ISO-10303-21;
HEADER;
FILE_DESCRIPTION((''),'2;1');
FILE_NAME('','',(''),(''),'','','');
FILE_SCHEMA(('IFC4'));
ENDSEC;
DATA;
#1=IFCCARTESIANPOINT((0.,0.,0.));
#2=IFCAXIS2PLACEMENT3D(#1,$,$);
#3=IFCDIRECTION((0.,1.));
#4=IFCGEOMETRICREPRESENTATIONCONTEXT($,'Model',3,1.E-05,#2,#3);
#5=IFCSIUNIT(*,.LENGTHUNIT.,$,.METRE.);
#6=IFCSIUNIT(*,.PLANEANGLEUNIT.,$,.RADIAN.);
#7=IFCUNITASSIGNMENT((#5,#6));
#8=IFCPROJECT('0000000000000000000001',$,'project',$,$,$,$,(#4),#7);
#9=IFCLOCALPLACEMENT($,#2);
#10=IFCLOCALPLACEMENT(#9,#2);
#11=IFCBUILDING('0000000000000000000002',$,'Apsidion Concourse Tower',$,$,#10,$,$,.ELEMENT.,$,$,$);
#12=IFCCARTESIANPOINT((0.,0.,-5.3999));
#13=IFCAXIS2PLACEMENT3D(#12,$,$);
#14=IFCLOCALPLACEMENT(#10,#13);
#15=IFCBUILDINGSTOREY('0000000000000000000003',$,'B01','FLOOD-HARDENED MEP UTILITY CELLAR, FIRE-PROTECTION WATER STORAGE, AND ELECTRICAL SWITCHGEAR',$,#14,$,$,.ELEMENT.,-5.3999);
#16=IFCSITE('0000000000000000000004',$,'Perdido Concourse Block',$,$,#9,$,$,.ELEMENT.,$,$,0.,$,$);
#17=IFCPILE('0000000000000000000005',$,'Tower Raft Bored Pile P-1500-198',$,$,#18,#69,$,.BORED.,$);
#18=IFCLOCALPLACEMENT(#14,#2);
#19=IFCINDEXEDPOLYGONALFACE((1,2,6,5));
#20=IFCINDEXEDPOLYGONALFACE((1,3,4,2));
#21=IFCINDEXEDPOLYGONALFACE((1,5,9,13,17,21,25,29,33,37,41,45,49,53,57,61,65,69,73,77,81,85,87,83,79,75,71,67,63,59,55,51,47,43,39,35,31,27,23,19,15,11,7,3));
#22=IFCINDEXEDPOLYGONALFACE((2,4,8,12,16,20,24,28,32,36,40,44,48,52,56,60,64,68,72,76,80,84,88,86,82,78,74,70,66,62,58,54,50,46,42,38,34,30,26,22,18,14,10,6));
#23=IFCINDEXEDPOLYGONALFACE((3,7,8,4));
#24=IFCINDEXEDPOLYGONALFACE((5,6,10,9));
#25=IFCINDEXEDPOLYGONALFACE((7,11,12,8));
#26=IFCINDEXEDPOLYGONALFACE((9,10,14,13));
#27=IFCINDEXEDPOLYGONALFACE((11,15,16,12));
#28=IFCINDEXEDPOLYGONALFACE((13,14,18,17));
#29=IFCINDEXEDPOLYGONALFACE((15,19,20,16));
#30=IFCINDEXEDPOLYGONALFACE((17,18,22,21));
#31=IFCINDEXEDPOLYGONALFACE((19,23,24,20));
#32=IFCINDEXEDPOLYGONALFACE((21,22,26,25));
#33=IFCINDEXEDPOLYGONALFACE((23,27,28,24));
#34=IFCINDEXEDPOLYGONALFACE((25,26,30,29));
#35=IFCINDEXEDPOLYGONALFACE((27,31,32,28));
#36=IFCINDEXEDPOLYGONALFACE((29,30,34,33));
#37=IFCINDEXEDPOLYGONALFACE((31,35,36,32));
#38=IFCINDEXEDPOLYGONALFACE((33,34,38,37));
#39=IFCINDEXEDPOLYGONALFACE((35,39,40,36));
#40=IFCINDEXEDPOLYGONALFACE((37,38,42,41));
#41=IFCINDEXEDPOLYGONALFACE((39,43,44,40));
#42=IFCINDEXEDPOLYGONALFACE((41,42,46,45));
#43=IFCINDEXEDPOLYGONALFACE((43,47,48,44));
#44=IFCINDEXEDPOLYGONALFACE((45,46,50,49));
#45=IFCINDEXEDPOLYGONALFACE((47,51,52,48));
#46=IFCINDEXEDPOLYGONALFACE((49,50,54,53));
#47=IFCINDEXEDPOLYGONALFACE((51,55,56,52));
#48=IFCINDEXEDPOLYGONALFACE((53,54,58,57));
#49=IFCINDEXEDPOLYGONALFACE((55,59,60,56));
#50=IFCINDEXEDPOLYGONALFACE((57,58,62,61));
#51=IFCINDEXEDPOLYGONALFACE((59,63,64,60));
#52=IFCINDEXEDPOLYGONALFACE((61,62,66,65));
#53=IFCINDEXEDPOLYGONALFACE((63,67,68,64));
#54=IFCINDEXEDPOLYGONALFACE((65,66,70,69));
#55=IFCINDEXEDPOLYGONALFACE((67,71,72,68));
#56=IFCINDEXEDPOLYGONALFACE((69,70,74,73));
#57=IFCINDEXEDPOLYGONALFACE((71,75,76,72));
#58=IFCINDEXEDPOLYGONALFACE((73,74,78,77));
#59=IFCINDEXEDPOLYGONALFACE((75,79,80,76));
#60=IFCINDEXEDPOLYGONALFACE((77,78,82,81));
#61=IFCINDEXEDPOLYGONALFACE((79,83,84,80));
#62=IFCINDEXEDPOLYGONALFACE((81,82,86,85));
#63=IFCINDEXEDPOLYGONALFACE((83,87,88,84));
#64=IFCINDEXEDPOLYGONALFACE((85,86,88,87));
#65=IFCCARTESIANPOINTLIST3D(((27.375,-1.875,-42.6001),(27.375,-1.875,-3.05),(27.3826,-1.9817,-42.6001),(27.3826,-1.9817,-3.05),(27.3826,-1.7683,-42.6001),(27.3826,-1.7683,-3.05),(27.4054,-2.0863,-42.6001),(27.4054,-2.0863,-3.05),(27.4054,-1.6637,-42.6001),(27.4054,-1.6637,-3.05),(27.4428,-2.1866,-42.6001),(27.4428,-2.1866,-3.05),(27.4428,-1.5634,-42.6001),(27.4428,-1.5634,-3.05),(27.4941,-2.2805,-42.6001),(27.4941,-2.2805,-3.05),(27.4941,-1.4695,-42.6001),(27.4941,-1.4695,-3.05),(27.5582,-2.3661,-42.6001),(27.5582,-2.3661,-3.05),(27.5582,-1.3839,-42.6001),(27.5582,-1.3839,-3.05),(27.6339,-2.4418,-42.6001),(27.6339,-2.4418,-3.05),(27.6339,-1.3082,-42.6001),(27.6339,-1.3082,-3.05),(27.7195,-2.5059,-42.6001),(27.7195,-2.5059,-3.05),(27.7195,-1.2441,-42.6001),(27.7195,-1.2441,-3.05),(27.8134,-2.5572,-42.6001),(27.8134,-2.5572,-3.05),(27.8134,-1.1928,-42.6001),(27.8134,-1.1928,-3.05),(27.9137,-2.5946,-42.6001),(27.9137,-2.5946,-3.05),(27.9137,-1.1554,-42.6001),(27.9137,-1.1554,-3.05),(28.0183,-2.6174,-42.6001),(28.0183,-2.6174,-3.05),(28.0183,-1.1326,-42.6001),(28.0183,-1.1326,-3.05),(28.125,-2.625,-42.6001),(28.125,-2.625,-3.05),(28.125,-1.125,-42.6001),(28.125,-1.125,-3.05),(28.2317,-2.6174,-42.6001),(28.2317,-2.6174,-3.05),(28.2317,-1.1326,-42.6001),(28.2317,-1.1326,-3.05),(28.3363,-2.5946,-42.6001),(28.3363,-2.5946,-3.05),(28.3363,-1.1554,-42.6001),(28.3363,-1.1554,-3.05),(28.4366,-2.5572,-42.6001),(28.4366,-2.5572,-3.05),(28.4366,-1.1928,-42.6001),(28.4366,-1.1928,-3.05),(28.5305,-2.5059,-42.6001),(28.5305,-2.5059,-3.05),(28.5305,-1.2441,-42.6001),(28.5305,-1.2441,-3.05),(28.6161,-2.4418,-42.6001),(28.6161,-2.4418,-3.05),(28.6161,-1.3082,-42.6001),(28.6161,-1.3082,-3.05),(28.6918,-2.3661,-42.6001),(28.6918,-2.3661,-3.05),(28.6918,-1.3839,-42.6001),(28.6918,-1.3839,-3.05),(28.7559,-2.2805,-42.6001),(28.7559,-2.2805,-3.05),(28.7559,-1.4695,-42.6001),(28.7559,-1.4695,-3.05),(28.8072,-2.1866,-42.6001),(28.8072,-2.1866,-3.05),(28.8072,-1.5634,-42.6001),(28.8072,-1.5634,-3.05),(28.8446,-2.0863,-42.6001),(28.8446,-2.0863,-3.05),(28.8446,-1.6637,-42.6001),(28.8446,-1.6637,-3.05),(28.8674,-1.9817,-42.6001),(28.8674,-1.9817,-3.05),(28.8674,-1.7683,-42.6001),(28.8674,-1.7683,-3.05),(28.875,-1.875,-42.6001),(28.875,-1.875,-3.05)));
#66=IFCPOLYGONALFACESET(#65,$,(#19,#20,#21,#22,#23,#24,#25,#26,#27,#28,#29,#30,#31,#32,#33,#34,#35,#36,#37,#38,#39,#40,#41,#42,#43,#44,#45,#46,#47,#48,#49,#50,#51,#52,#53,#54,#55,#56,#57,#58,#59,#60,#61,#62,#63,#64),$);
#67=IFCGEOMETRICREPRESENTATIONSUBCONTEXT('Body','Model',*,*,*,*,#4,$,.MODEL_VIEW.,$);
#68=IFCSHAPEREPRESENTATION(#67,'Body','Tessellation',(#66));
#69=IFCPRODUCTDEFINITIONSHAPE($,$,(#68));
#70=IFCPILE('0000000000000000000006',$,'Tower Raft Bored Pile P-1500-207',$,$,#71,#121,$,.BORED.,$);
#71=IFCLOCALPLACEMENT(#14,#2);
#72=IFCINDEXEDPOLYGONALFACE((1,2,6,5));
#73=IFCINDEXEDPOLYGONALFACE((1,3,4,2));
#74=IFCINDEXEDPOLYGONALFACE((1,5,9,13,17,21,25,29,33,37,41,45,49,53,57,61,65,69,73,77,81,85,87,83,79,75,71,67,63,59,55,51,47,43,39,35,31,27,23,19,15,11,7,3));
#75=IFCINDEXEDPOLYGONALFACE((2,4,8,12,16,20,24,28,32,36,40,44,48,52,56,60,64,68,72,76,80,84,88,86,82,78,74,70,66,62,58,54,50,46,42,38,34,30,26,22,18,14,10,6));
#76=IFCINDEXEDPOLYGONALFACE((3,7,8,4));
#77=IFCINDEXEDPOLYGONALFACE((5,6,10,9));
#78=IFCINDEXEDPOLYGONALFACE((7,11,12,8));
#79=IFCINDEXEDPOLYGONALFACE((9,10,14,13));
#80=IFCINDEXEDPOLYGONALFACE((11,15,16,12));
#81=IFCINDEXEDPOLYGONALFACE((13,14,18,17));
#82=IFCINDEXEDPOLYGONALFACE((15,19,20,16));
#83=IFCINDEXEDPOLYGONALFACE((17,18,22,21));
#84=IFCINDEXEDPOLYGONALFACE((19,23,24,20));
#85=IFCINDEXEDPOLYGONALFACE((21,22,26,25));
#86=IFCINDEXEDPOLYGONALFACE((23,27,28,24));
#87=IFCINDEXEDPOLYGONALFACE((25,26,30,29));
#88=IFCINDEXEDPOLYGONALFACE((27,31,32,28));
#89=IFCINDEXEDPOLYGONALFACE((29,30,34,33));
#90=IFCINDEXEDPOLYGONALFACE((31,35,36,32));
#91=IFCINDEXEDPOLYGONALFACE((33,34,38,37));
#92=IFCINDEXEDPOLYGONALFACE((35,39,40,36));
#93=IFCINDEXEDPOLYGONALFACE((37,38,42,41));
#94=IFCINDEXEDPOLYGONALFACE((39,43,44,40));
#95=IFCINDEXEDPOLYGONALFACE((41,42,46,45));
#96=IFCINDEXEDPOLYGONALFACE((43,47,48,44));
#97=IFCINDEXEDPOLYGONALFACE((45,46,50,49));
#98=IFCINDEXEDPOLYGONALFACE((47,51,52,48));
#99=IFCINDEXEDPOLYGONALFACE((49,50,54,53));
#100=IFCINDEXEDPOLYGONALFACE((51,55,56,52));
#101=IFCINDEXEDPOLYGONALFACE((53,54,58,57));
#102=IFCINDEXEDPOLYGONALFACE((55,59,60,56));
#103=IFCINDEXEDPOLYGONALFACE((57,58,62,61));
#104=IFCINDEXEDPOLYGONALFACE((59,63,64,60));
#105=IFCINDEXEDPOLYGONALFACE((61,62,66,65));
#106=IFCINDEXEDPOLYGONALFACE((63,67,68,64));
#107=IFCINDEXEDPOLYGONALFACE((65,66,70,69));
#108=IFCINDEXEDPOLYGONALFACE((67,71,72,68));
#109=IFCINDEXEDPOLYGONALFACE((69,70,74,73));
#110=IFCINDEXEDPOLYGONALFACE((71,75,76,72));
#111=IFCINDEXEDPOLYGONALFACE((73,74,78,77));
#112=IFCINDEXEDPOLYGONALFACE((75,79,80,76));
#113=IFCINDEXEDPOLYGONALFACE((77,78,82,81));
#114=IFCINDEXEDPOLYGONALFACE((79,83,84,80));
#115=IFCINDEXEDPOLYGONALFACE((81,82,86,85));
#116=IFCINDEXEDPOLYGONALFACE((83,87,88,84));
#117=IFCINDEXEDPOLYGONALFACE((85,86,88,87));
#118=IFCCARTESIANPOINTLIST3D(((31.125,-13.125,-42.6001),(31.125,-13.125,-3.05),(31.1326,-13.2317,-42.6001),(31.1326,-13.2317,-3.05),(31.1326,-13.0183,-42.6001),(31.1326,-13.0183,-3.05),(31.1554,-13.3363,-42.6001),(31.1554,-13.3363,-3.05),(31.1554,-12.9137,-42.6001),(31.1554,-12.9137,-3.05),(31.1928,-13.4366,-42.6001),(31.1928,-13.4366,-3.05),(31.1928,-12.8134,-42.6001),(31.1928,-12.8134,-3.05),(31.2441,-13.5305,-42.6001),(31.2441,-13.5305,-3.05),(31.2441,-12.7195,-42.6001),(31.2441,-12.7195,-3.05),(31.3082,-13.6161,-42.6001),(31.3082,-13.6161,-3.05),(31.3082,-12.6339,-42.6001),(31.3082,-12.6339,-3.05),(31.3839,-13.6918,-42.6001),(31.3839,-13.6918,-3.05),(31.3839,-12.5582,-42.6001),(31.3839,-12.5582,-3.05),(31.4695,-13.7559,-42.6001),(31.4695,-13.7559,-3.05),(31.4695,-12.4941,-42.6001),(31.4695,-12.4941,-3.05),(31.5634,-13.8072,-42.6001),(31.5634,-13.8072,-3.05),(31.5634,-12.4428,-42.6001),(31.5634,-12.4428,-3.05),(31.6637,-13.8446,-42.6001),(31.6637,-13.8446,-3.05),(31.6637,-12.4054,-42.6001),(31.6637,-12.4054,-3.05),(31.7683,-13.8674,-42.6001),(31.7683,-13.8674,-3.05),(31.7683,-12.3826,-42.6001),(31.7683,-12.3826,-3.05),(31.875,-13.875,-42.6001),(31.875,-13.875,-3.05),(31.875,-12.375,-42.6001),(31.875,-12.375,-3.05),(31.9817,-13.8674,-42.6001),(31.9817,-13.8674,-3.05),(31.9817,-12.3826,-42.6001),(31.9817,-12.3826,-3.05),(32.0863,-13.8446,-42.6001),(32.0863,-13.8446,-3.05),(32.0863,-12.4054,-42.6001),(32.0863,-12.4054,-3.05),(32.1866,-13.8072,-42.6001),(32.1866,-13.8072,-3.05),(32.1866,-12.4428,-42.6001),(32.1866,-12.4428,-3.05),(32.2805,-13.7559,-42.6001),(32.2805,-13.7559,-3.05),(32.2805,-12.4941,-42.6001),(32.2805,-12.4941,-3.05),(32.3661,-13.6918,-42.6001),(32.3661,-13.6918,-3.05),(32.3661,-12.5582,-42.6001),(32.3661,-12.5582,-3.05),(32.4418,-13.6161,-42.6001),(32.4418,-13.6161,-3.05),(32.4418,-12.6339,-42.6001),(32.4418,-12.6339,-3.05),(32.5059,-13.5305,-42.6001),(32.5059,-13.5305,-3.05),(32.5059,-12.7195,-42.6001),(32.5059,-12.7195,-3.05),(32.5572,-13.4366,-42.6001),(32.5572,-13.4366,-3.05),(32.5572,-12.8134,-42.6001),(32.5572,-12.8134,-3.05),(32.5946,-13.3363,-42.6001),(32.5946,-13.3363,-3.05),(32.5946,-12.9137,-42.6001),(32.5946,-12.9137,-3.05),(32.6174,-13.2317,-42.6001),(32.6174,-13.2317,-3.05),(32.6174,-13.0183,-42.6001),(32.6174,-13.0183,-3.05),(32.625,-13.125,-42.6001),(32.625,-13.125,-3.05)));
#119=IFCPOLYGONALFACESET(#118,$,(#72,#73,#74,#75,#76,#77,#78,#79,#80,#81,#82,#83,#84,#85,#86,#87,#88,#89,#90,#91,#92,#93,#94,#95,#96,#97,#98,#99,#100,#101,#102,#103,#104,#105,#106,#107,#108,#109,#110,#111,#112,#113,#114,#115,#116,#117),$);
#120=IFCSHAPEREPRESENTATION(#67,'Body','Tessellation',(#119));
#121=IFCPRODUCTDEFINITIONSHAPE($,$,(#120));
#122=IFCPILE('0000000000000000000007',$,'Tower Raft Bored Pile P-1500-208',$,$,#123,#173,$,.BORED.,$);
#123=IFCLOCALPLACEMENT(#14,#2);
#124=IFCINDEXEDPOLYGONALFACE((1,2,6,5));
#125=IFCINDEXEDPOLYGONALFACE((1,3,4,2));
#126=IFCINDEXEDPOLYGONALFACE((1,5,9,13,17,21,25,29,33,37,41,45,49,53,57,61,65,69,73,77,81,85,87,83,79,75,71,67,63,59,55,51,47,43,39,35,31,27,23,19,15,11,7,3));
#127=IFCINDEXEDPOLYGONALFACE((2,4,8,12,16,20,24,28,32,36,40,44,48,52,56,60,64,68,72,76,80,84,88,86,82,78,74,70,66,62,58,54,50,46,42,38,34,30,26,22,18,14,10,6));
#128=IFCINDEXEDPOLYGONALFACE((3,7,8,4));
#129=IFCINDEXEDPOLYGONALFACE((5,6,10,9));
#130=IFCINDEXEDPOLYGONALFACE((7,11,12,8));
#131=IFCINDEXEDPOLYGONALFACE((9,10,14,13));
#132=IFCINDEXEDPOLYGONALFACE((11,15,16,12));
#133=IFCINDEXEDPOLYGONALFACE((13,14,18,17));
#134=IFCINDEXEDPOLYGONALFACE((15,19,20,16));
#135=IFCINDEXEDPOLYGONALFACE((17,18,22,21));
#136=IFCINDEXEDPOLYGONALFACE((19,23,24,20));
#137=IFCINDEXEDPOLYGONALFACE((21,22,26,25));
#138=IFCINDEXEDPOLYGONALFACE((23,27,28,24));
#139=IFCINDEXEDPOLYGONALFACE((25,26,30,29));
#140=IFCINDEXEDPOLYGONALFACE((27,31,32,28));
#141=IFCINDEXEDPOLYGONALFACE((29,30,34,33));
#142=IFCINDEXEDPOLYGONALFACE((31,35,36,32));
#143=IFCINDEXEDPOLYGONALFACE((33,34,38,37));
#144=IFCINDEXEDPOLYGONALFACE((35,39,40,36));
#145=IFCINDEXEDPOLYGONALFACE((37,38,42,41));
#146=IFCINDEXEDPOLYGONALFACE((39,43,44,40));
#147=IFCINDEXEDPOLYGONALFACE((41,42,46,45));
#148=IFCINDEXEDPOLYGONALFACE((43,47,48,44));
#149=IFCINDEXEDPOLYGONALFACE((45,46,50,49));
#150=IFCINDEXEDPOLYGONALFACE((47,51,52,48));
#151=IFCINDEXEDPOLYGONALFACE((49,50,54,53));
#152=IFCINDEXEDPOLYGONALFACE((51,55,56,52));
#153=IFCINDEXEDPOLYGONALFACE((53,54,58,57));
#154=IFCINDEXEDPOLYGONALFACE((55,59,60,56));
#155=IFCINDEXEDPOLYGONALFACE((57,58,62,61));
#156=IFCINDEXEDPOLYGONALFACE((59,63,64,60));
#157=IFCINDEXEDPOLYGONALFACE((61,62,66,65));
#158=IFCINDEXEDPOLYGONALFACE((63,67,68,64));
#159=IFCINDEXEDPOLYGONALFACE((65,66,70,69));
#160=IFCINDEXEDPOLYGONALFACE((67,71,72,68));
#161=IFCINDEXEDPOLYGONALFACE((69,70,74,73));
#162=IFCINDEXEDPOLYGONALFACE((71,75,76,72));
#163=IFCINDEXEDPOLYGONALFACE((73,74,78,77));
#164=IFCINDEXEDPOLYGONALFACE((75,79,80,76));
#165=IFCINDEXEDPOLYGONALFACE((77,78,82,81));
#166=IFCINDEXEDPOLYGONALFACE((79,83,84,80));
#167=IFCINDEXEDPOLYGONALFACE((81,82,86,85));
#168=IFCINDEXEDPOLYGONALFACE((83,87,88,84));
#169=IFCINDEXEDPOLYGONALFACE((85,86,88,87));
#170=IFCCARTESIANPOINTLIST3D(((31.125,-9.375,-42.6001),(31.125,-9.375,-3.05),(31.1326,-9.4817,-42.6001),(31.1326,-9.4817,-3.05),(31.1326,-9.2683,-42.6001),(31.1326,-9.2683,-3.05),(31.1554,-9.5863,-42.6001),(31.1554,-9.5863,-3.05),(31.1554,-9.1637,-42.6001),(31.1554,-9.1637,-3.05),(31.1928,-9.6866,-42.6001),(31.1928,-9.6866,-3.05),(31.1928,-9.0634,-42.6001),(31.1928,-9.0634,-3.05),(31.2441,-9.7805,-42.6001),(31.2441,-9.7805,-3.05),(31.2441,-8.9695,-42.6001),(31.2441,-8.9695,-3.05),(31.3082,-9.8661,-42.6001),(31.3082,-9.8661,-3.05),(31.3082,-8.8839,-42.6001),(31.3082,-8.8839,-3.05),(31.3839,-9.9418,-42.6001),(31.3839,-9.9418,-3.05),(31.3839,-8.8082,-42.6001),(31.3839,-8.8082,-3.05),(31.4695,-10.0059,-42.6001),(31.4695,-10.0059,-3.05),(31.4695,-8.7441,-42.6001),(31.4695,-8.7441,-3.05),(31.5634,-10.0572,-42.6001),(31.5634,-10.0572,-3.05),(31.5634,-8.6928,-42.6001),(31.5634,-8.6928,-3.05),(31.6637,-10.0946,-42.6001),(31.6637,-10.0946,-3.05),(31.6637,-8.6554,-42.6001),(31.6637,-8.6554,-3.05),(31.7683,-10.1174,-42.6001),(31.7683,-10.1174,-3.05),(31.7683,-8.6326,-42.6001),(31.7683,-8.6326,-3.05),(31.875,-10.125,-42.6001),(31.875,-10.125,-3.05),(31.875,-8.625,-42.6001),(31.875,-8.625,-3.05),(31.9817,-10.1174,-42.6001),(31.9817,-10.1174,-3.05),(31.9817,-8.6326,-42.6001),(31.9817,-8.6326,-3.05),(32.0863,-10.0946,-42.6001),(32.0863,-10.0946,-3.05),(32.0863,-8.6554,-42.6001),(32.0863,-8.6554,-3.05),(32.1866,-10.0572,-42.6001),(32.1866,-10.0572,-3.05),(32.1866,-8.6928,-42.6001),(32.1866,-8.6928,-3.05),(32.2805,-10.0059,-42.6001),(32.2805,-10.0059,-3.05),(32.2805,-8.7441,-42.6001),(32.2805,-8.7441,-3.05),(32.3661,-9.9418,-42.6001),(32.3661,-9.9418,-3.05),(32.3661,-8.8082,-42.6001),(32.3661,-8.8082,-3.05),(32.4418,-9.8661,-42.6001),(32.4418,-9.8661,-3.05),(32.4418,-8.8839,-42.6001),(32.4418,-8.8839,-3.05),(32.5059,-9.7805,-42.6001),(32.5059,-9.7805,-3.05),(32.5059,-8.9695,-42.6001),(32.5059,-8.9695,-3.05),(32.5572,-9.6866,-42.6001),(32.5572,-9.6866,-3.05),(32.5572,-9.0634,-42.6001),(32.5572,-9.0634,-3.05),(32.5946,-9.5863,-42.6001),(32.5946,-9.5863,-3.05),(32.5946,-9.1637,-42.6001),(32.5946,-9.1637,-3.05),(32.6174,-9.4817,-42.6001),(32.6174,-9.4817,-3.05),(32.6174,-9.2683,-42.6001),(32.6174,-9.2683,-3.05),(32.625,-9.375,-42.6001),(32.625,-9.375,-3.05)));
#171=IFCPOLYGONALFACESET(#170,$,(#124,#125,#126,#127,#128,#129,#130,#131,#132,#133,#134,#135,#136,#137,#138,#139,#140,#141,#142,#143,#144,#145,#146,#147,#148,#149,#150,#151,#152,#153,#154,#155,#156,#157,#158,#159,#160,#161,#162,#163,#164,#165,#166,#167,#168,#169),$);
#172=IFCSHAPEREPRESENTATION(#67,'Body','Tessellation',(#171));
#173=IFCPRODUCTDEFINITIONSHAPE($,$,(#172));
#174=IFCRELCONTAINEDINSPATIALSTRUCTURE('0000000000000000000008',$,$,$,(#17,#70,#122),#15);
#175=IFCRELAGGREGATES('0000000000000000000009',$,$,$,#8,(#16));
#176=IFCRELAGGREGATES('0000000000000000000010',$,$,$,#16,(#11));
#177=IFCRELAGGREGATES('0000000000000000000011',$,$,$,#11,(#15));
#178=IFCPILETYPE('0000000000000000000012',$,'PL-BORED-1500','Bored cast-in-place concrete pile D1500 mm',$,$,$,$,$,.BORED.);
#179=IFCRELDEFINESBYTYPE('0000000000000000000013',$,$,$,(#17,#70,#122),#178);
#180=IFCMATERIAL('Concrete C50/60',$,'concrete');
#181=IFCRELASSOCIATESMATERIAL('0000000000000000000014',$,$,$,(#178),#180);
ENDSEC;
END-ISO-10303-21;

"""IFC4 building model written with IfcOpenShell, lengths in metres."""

from ifc_helpers import new_model, si_unit, direction, frame, origin, origin_2d, place, context, subcontext, project, spatial, circle, extrude, material, material_profile, profile_set, type_object, element, save


model = new_model("IFC4")

# Units and contexts
model_context = context("Model", 3, precision=1e-05, world=origin(), true_north=direction((0.0, 1.0)))
body_context = subcontext(model_context, "Body", "Model", "MODEL_VIEW")
ifc_project = project(units=[si_unit("LENGTHUNIT", "METRE"), si_unit("PLANEANGLEUNIT", "RADIAN")], contexts=[model_context])

# Site, building, storey
site_placement = place(None, origin())
site = spatial("IfcSite", under=ifc_project, at=site_placement, Name="Perdido Concourse Block", CompositionType="ELEMENT", RefElevation=0.0)
building_placement = place(site_placement, origin())
building = spatial("IfcBuilding", under=site, at=building_placement, Name="Apsidion Concourse Tower", CompositionType="ELEMENT")
storey_placement = place(building_placement, frame((0.0, 0.0, -5.3999)))
storey = spatial("IfcBuildingStorey", under=building, at=storey_placement, Name="B01", Description="FLOOD-HARDENED MEP UTILITY CELLAR, FIRE-PROTECTION WATER STORAGE, AND ELECTRICAL SWITCHGEAR", CompositionType="ELEMENT", Elevation=-5.3999)

# Shared definitions
ifc_material_1 = material(Name="Concrete C50/60", Category="concrete")

# Piles
ifc_material_profile_1 = material_profile(ifc_material_1, circle(Radius=0.75, at=origin_2d()), Name="BORED PILE D1500")
ifc_profile_set_1 = profile_set([ifc_material_profile_1], Name="Concrete C50/60")
pile_type_1 = type_object("IfcPileType", Name="PL-BORED-1500", Description="Bored cast-in-place concrete pile D1500 mm", PredefinedType="BORED", material=ifc_profile_set_1)
for number, where, z_axis, x_axis, name in (
    (1, (28.125, -1.875, -3.05), (0.0, 0.0, -1.0), (1.0, 0.0, 0.0), "Tower Raft Bored Pile P-1500-198"),
    (2, (31.875, -13.125, -3.05), (0.0, 0.0, -1.0), (1.0, 0.0, 0.0), "Tower Raft Bored Pile P-1500-207"),
    (3, (31.875, -9.375, -3.05), (0.0, 0.0, -1.0), (1.0, 0.0, 0.0), "Tower Raft Bored Pile P-1500-208"),
):
    element("IfcPile", number, at=place(storey_placement, frame(where, z_axis=z_axis, x_axis=x_axis)), inside=storey, type_object=pile_type_1, Name=name, PredefinedType="BORED", context=body_context, shape_type="SweptSolid", body=[
        extrude(circle(Radius=0.75, at=origin_2d()), origin(), (0.0, 0.0, 1.0), 39.55),
    ])

save(model, "model.ifc")
